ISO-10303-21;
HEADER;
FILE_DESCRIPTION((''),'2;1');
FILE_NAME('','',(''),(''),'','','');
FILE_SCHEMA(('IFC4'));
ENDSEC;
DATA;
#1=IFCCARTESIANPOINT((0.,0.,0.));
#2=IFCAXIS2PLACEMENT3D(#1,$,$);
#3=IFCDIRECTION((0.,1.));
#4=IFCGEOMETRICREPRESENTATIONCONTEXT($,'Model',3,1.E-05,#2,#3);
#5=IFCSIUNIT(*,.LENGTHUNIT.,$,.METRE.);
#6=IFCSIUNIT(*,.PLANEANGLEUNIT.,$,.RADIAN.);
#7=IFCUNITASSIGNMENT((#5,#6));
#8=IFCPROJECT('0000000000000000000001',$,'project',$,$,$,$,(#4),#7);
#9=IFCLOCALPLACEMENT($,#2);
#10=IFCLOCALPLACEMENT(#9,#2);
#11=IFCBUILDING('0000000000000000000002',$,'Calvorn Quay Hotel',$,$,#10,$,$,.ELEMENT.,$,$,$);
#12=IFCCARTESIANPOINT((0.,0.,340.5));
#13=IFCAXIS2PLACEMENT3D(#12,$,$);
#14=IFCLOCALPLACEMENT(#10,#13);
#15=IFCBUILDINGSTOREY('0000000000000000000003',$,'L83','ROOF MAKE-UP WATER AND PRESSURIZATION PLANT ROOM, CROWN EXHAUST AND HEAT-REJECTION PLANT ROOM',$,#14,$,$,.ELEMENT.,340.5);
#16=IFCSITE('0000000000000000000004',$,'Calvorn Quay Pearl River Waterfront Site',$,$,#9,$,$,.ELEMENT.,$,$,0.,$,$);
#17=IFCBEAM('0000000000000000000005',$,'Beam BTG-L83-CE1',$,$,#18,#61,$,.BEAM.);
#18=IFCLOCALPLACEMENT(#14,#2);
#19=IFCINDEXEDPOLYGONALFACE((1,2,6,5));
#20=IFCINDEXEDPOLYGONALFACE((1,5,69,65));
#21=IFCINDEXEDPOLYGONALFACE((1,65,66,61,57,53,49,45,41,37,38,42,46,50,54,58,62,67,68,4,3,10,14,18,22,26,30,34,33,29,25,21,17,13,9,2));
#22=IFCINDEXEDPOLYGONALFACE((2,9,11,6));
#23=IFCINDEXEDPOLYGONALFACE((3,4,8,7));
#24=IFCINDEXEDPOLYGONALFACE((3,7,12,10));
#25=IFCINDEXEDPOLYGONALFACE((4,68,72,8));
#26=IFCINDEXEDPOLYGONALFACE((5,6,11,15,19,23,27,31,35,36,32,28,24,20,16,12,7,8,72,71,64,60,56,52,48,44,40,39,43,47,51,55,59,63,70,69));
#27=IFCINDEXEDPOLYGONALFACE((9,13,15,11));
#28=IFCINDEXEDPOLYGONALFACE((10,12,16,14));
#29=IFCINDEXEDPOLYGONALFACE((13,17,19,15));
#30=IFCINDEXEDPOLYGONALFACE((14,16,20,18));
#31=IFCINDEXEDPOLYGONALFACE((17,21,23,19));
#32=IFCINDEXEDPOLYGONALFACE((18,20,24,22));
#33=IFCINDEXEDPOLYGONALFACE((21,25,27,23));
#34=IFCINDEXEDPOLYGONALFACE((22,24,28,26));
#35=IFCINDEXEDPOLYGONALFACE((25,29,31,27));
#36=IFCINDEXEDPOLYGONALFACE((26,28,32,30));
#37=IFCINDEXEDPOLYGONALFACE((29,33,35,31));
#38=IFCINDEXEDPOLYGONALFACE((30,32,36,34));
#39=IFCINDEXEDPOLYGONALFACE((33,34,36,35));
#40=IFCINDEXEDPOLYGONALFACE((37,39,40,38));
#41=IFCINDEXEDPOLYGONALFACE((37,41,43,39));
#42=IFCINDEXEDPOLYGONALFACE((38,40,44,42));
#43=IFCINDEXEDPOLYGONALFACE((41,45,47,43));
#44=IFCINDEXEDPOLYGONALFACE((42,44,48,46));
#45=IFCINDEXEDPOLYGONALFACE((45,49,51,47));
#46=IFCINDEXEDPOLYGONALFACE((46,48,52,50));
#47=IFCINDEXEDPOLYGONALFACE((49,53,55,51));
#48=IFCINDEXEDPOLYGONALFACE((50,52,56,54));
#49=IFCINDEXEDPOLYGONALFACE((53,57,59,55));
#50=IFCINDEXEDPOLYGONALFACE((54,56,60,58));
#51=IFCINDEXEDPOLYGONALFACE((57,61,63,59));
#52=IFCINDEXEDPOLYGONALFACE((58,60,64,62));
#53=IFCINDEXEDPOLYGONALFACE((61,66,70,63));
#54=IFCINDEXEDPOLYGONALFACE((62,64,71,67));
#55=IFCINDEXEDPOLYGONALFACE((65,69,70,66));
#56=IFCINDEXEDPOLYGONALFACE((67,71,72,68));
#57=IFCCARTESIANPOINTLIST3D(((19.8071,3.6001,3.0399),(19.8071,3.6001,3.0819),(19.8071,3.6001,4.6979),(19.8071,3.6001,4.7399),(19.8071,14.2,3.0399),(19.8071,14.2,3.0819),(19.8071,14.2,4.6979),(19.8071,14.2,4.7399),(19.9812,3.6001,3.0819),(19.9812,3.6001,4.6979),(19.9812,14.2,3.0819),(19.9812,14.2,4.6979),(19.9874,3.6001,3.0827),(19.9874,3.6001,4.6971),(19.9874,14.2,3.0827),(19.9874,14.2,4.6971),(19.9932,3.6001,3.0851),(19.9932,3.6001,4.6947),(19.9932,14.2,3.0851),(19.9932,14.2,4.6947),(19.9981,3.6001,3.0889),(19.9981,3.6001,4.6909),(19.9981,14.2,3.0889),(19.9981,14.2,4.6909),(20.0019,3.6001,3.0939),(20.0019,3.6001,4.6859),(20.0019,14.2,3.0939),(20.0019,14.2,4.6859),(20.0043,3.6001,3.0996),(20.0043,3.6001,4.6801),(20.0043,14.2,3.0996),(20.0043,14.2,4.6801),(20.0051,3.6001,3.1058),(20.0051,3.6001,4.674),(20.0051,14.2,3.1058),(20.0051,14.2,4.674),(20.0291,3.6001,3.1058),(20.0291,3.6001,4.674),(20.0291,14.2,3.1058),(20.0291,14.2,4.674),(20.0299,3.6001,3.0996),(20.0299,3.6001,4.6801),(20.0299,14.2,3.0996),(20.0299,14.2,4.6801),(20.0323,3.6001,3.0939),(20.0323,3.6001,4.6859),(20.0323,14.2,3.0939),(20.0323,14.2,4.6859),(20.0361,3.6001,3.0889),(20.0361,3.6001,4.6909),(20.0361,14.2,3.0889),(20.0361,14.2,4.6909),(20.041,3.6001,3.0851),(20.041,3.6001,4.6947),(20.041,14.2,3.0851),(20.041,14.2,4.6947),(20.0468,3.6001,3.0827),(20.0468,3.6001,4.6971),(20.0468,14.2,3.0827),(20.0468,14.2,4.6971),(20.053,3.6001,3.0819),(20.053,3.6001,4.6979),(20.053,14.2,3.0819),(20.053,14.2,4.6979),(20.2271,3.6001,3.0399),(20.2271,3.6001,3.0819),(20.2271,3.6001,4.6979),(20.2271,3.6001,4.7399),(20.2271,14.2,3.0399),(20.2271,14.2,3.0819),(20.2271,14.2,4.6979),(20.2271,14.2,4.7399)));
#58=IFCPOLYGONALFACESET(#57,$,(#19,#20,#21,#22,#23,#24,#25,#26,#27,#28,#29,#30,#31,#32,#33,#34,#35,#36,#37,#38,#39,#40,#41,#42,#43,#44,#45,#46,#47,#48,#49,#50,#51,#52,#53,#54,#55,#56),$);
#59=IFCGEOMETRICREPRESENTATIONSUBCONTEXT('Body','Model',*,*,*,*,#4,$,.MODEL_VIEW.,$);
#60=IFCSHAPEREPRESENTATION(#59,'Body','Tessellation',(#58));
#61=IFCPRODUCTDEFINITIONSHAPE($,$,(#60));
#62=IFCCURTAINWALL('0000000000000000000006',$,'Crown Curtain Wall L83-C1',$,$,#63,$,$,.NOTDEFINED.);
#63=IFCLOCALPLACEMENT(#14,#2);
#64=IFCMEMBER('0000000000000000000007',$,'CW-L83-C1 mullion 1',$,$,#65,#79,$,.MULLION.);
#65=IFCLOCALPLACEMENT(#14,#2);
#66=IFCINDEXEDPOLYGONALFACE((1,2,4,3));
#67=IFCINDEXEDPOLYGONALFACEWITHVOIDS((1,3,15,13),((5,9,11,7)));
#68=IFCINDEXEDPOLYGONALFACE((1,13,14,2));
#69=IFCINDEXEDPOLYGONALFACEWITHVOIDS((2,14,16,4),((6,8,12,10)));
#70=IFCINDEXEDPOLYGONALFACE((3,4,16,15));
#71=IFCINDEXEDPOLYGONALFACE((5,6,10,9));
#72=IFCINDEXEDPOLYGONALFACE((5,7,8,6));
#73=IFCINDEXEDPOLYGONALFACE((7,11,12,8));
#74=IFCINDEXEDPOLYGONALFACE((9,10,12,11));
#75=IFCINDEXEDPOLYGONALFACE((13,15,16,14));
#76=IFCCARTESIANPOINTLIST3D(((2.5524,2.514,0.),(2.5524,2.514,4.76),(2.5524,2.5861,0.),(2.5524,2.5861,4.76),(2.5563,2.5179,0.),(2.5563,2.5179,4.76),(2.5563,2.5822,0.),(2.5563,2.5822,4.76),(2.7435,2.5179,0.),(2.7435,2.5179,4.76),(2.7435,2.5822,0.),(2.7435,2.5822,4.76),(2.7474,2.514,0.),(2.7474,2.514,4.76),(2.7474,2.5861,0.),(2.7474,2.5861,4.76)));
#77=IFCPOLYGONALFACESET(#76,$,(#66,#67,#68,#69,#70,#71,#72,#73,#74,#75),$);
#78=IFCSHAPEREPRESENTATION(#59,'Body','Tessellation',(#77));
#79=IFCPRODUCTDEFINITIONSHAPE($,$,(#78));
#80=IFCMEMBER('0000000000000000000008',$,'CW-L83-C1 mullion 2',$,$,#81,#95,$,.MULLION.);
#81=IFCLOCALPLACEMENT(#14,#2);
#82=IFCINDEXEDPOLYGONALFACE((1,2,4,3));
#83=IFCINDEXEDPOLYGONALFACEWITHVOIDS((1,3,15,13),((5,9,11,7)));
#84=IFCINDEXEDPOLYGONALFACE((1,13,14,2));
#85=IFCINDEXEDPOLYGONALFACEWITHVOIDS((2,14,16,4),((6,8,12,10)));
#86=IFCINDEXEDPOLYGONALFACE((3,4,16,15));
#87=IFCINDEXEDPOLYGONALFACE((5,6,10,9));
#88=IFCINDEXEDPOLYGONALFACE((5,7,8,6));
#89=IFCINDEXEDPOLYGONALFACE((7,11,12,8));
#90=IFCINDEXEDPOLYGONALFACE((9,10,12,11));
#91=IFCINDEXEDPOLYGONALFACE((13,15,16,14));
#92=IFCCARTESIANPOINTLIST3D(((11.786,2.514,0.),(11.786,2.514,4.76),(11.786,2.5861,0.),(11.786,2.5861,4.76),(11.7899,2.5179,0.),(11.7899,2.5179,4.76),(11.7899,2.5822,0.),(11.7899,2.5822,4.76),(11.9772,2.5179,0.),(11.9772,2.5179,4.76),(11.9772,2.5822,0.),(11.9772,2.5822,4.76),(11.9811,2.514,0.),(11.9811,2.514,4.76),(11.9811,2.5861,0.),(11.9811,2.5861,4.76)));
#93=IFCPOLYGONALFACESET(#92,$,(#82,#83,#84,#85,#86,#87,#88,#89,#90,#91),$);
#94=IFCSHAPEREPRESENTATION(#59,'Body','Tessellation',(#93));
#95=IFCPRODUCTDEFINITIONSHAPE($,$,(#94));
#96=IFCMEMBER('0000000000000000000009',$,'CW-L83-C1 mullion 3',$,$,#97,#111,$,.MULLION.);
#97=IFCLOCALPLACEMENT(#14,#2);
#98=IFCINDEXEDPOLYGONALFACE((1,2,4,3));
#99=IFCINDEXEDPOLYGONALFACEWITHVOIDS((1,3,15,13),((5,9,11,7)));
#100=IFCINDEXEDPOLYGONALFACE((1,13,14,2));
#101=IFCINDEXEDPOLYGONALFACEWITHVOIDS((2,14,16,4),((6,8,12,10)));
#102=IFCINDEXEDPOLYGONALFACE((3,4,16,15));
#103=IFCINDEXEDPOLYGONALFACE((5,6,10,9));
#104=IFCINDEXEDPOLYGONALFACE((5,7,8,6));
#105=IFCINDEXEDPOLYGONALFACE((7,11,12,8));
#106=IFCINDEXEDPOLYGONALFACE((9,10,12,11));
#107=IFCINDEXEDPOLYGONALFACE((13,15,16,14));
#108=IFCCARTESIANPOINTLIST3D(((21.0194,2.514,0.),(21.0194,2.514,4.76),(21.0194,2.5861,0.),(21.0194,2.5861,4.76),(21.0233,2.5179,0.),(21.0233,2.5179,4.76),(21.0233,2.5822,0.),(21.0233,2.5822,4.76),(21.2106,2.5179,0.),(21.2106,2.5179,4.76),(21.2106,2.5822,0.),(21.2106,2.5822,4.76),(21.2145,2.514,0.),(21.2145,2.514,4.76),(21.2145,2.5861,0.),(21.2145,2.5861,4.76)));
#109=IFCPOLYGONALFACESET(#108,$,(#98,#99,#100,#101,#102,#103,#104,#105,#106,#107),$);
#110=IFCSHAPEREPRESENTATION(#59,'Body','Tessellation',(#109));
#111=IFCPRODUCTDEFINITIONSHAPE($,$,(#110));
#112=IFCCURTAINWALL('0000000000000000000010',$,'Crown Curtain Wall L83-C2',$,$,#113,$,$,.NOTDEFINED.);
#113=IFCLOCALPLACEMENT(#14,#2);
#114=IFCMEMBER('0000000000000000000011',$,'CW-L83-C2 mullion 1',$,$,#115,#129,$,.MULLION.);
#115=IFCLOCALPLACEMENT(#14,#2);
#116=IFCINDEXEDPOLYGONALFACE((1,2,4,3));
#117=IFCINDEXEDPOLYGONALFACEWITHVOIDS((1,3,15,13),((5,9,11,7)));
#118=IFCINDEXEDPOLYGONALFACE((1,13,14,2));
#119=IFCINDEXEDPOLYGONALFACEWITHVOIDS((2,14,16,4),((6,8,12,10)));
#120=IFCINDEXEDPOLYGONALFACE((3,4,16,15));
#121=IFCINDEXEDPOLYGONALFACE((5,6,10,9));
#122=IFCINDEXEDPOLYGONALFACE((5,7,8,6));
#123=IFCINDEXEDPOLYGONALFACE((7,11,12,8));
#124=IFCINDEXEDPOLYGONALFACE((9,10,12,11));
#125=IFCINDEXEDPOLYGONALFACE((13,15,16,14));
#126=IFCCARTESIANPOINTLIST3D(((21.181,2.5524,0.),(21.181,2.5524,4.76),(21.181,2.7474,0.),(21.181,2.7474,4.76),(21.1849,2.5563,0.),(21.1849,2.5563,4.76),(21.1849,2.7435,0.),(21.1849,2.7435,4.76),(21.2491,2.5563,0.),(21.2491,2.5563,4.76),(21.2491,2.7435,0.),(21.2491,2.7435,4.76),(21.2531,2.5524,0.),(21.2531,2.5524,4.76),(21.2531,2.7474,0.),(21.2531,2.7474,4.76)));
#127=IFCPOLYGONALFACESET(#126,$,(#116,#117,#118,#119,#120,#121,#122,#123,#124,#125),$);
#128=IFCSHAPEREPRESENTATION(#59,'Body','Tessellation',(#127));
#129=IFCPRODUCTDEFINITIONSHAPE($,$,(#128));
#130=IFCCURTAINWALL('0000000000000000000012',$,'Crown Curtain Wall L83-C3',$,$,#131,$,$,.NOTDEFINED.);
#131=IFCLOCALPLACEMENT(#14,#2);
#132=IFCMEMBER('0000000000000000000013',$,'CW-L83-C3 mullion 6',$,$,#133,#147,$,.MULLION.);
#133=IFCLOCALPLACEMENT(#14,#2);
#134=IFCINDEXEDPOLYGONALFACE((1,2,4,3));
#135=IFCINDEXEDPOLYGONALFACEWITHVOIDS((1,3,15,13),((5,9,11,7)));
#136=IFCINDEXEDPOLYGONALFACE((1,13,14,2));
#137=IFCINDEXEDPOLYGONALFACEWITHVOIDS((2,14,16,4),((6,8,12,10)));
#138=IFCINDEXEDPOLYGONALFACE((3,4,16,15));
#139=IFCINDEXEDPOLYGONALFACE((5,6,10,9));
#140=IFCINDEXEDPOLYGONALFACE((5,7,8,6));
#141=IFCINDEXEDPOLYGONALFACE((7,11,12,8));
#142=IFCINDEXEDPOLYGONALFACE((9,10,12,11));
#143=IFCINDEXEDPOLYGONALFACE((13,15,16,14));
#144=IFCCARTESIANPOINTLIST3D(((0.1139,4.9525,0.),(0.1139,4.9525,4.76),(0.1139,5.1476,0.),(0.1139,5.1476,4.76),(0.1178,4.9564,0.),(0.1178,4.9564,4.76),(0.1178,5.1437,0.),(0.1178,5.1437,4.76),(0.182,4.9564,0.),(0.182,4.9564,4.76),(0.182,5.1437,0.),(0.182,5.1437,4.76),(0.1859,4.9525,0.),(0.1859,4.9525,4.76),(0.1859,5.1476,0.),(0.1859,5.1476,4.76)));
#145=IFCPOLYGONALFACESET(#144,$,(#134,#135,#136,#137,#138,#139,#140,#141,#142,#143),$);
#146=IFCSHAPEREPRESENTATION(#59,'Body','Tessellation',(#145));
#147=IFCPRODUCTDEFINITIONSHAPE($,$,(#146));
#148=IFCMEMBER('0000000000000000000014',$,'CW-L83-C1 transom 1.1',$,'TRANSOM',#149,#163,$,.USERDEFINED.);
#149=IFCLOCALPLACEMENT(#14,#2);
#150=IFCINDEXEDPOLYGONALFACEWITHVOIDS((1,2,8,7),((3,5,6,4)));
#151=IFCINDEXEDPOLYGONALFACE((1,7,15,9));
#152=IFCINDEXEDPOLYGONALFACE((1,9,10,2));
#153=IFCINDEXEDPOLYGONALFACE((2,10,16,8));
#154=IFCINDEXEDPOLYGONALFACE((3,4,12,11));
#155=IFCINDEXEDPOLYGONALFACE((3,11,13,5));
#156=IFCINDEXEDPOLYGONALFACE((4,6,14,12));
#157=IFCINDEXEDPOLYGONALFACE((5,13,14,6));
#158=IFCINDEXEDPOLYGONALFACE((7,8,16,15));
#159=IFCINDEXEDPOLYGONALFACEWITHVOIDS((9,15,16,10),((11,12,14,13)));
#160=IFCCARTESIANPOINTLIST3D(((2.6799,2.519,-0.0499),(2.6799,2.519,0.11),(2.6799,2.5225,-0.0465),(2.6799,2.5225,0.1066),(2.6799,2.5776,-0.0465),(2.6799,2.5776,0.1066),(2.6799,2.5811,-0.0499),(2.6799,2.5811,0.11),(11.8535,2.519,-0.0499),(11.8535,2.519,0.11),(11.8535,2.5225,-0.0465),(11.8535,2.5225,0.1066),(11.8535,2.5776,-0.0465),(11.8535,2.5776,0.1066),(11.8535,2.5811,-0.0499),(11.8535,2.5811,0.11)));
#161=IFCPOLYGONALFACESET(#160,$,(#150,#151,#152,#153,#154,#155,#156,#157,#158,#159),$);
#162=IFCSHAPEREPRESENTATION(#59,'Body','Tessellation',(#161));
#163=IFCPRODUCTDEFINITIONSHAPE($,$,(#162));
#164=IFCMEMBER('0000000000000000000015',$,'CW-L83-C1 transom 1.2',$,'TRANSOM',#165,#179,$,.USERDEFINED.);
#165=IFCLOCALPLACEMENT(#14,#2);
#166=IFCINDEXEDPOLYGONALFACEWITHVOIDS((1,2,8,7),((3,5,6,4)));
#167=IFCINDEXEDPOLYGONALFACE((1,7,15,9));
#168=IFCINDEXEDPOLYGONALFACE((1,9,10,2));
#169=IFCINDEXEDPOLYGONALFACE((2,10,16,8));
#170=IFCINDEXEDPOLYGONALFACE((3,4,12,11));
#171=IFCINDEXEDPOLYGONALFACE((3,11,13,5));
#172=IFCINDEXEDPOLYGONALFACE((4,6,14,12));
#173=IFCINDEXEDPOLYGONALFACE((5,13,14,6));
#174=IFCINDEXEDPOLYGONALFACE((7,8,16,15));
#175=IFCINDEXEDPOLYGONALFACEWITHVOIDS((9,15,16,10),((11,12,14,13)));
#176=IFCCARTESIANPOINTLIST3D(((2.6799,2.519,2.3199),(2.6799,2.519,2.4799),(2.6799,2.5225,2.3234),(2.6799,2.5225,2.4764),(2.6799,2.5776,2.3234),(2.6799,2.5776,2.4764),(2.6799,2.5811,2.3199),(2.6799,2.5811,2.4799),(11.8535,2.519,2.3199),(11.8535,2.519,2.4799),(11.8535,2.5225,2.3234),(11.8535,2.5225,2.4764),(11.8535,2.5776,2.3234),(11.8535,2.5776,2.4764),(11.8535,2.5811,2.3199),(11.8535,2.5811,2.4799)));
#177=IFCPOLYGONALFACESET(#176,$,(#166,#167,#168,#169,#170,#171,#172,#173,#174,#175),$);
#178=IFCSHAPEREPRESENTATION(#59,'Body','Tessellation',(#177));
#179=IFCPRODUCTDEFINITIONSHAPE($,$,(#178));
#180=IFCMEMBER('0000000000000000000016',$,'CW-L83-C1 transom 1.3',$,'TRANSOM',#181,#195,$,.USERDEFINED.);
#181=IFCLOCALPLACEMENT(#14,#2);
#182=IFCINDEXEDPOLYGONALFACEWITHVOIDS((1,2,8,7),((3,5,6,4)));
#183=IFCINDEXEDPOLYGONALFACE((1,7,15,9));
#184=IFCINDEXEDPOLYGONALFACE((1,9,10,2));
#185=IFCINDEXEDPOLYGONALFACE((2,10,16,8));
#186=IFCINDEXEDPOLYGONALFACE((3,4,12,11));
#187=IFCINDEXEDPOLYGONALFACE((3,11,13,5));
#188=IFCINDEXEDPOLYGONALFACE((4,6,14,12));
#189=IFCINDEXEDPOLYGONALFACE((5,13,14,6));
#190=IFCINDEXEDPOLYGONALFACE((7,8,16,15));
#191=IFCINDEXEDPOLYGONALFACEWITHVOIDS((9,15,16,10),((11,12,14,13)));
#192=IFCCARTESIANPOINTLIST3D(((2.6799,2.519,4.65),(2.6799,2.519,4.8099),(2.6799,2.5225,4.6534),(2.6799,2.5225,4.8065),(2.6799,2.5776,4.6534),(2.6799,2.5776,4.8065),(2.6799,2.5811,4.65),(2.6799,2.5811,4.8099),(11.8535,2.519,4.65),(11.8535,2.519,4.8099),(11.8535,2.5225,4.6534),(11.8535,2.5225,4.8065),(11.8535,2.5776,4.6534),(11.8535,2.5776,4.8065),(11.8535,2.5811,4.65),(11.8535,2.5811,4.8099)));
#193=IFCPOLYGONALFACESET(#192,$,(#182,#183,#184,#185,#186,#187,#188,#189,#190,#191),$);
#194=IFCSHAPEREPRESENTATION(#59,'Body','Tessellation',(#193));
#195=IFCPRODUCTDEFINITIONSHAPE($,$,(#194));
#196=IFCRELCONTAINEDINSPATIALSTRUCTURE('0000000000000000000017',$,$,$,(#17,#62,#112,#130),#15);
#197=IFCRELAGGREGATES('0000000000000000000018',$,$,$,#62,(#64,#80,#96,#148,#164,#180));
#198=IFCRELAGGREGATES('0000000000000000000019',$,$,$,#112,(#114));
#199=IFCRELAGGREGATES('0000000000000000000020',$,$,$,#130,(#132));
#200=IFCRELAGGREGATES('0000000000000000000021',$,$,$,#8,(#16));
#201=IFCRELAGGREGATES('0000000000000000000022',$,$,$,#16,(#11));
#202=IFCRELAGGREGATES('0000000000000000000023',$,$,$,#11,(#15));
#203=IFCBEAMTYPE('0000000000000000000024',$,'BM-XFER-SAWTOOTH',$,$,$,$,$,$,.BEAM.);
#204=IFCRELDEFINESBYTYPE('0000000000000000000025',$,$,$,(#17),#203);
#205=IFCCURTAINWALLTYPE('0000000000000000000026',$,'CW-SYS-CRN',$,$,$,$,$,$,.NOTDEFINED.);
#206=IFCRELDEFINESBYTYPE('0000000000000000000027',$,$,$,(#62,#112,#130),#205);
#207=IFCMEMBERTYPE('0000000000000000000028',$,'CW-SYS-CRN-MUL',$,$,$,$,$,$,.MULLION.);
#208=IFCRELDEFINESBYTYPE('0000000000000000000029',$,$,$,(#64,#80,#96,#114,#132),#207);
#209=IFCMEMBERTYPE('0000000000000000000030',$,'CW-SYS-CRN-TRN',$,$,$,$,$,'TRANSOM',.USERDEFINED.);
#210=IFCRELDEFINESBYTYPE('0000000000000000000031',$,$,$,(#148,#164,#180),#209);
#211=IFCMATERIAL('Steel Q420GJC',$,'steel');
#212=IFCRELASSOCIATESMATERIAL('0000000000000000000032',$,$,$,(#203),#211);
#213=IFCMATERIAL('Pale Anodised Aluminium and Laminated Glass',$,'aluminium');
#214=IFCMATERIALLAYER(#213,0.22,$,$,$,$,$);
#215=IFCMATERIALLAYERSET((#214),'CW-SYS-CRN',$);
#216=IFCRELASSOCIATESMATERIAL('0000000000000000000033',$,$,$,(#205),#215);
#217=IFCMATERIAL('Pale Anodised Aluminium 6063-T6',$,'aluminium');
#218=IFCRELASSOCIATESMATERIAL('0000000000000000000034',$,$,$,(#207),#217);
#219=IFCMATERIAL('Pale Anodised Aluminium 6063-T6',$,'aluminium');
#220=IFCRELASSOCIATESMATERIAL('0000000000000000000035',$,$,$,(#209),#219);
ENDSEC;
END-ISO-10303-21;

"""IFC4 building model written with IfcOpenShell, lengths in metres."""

from ifc_helpers import new_model, si_unit, direction, frame, origin, origin_2d, place, context, subcontext, project, spatial, hollow_rectangle, i_section, extrude, material, layer, layer_set, material_profile, profile_set, type_object, element, aggregate, save


model = new_model("IFC4")

# Units and contexts
model_context = context("Model", 3, precision=1e-05, world=origin(), true_north=direction((0.0, 1.0)))
body_context = subcontext(model_context, "Body", "Model", "MODEL_VIEW")
ifc_project = project(units=[si_unit("LENGTHUNIT", "METRE"), si_unit("PLANEANGLEUNIT", "RADIAN")], contexts=[model_context])

# Site, building, storey
site_placement = place(None, origin())
site = spatial("IfcSite", under=ifc_project, at=site_placement, Name="Calvorn Quay Pearl River Waterfront Site", CompositionType="ELEMENT", RefElevation=0.0)
building_placement = place(site_placement, origin())
building = spatial("IfcBuilding", under=site, at=building_placement, Name="Calvorn Quay Hotel", CompositionType="ELEMENT")
storey_placement = place(building_placement, frame((0.0, 0.0, 340.5)))
storey = spatial("IfcBuildingStorey", under=building, at=storey_placement, Name="L83", Description="ROOF MAKE-UP WATER AND PRESSURIZATION PLANT ROOM, CROWN EXHAUST AND HEAT-REJECTION PLANT ROOM", CompositionType="ELEMENT", Elevation=340.5)

# Beam
ifc_material_1 = material(Name="Steel Q420GJC", Category="steel")
ifc_material_profile_1 = material_profile(ifc_material_1, i_section(OverallWidth=0.4199, OverallDepth=1.7, WebThickness=0.0239, FlangeThickness=0.042, FilletRadius=0.0239, at=origin_2d()), Name="HN1700x420x24x42")
ifc_profile_set_1 = profile_set([ifc_material_profile_1], Name="Steel Q420GJC")
beam_type_1 = type_object("IfcBeamType", Name="BM-XFER-SAWTOOTH", PredefinedType="BEAM", material=ifc_profile_set_1)
beam_1_placement = place(storey_placement, frame((20.0171, 3.6001, 3.8899), z_axis=(0.0, 1.0, 0.0), x_axis=(-1.0, 0.0, 0.0)))
element("IfcBeam", 1, at=beam_1_placement, inside=storey, type_object=beam_type_1, Name="Beam BTG-L83-CE1", PredefinedType="BEAM", context=body_context, shape_type="SweptSolid", body=[
    extrude(i_section(OverallWidth=0.4199, OverallDepth=1.7, WebThickness=0.0239, FlangeThickness=0.042, FilletRadius=0.0239, at=origin_2d()), origin(), (0.0, 0.0, 1.0), 10.5999),
])

# Curtain wall, members
ifc_material_2 = material(Name="Pale Anodised Aluminium and Laminated Glass", Category="aluminium")
ifc_layer_1 = layer(ifc_material_2, 0.22)
ifc_layer_set_1 = layer_set([ifc_layer_1], Name="CW-SYS-CRN")
curtain_wall_type = type_object("IfcCurtainWallType", Name="CW-SYS-CRN", PredefinedType="NOTDEFINED", material=ifc_layer_set_1)
curtain_wall_1_placement = place(storey_placement, origin())
curtain_wall_1 = element("IfcCurtainWall", 2, at=curtain_wall_1_placement, inside=storey, type_object=curtain_wall_type, Name="Crown Curtain Wall L83-C1", PredefinedType="NOTDEFINED")
ifc_material_3 = material(Name="Pale Anodised Aluminium 6063-T6", Category="aluminium")
ifc_material_profile_2 = material_profile(ifc_material_3, hollow_rectangle(XDim=0.072, YDim=0.1951, WallThickness=0.0039, at=origin_2d()), Name="ALU-M195x72x4")
ifc_profile_set_2 = profile_set([ifc_material_profile_2], Name="Pale Anodised Aluminium 6063-T6")
member_type_1 = type_object("IfcMemberType", Name="CW-SYS-CRN-MUL", PredefinedType="MULLION", material=ifc_profile_set_2)
member_1_placement = place(storey_placement, frame((2.6499, 2.55, 0.0), z_axis=(0.0, 0.0, 1.0), x_axis=(0.0, 1.0, 0.0)))
member_1 = element("IfcMember", 3, at=member_1_placement, type_object=member_type_1, Name="CW-L83-C1 mullion 1", PredefinedType="MULLION", context=body_context, shape_type="SweptSolid", body=[
    extrude(hollow_rectangle(XDim=0.072, YDim=0.1951, WallThickness=0.0039, at=origin_2d()), origin(), (0.0, 0.0, 1.0), 4.76),
])
member_2_placement = place(storey_placement, frame((11.8835, 2.55, 0.0), z_axis=(0.0, 0.0, 1.0), x_axis=(0.0, 1.0, 0.0)))
member_2 = element("IfcMember", 4, at=member_2_placement, type_object=member_type_1, Name="CW-L83-C1 mullion 2", PredefinedType="MULLION", context=body_context, shape_type="SweptSolid", body=[
    extrude(hollow_rectangle(XDim=0.072, YDim=0.1951, WallThickness=0.0039, at=origin_2d()), origin(), (0.0, 0.0, 1.0), 4.76),
])
member_3_placement = place(storey_placement, frame((21.1169, 2.55, 0.0), z_axis=(0.0, 0.0, 1.0), x_axis=(0.0, 1.0, 0.0)))
member_3 = element("IfcMember", 5, at=member_3_placement, type_object=member_type_1, Name="CW-L83-C1 mullion 3", PredefinedType="MULLION", context=body_context, shape_type="SweptSolid", body=[
    extrude(hollow_rectangle(XDim=0.072, YDim=0.1951, WallThickness=0.0039, at=origin_2d()), origin(), (0.0, 0.0, 1.0), 4.76),
])

# Curtain walls, members
curtain_wall_2_placement = place(storey_placement, origin())
curtain_wall_2 = element("IfcCurtainWall", 6, at=curtain_wall_2_placement, inside=storey, type_object=curtain_wall_type, Name="Crown Curtain Wall L83-C2", PredefinedType="NOTDEFINED")
member_4_placement = place(storey_placement, frame((21.217, 2.6499, 0.0), z_axis=(0.0, 0.0, 1.0), x_axis=(-1.0, 0.0, 0.0)))
member_4 = element("IfcMember", 7, at=member_4_placement, type_object=member_type_1, Name="CW-L83-C2 mullion 1", PredefinedType="MULLION", context=body_context, shape_type="SweptSolid", body=[
    extrude(hollow_rectangle(XDim=0.072, YDim=0.1951, WallThickness=0.0039, at=origin_2d()), origin(), (0.0, 0.0, 1.0), 4.76),
])
curtain_wall_3_placement = place(storey_placement, origin())
curtain_wall_3 = element("IfcCurtainWall", 8, at=curtain_wall_3_placement, inside=storey, type_object=curtain_wall_type, Name="Crown Curtain Wall L83-C3", PredefinedType="NOTDEFINED")
member_5_placement = place(storey_placement, frame((0.1499, 5.05, 0.0), z_axis=(0.0, 0.0, 1.0), x_axis=(1.0, 0.0, 0.0)))
member_5 = element("IfcMember", 9, at=member_5_placement, type_object=member_type_1, Name="CW-L83-C3 mullion 6", PredefinedType="MULLION", context=body_context, shape_type="SweptSolid", body=[
    extrude(hollow_rectangle(XDim=0.072, YDim=0.1951, WallThickness=0.0039, at=origin_2d()), origin(), (0.0, 0.0, 1.0), 4.76),
])

# Members
ifc_material_4 = material(Name="Pale Anodised Aluminium 6063-T6", Category="aluminium")
ifc_material_profile_3 = material_profile(ifc_material_4, hollow_rectangle(XDim=0.062, YDim=0.1599, WallThickness=0.0034, at=origin_2d()), Name="ALU-T160x62x3.5")
ifc_profile_set_3 = profile_set([ifc_material_profile_3], Name="Pale Anodised Aluminium 6063-T6")
member_type_2 = type_object("IfcMemberType", Name="CW-SYS-CRN-TRN", ElementType="TRANSOM", PredefinedType="USERDEFINED", material=ifc_profile_set_3)
member_6_placement = place(storey_placement, frame((2.6799, 2.55, 0.03), z_axis=(1.0, 0.0, 0.0), x_axis=(0.0, 1.0, 0.0)))
member_6 = element("IfcMember", 10, at=member_6_placement, type_object=member_type_2, Name="CW-L83-C1 transom 1.1", ObjectType="TRANSOM", PredefinedType="USERDEFINED", context=body_context, shape_type="SweptSolid", body=[
    extrude(hollow_rectangle(XDim=0.062, YDim=0.1599, WallThickness=0.0034, at=origin_2d()), origin(), (0.0, 0.0, 1.0), 9.1736),
])
member_7_placement = place(storey_placement, frame((2.6799, 2.55, 2.3999), z_axis=(1.0, 0.0, 0.0), x_axis=(0.0, 1.0, 0.0)))
member_7 = element("IfcMember", 11, at=member_7_placement, type_object=member_type_2, Name="CW-L83-C1 transom 1.2", ObjectType="TRANSOM", PredefinedType="USERDEFINED", context=body_context, shape_type="SweptSolid", body=[
    extrude(hollow_rectangle(XDim=0.062, YDim=0.1599, WallThickness=0.0034, at=origin_2d()), origin(), (0.0, 0.0, 1.0), 9.1736),
])
member_8_placement = place(storey_placement, frame((2.6799, 2.55, 4.73), z_axis=(1.0, 0.0, 0.0), x_axis=(0.0, 1.0, 0.0)))
member_8 = element("IfcMember", 12, at=member_8_placement, type_object=member_type_2, Name="CW-L83-C1 transom 1.3", ObjectType="TRANSOM", PredefinedType="USERDEFINED", context=body_context, shape_type="SweptSolid", body=[
    extrude(hollow_rectangle(XDim=0.062, YDim=0.1599, WallThickness=0.0034, at=origin_2d()), origin(), (0.0, 0.0, 1.0), 9.1736),
])

aggregate(curtain_wall_1, [member_1, member_2, member_3, member_6, member_7, member_8])
aggregate(curtain_wall_2, [member_4])
aggregate(curtain_wall_3, [member_5])

save(model, "model.ifc")
